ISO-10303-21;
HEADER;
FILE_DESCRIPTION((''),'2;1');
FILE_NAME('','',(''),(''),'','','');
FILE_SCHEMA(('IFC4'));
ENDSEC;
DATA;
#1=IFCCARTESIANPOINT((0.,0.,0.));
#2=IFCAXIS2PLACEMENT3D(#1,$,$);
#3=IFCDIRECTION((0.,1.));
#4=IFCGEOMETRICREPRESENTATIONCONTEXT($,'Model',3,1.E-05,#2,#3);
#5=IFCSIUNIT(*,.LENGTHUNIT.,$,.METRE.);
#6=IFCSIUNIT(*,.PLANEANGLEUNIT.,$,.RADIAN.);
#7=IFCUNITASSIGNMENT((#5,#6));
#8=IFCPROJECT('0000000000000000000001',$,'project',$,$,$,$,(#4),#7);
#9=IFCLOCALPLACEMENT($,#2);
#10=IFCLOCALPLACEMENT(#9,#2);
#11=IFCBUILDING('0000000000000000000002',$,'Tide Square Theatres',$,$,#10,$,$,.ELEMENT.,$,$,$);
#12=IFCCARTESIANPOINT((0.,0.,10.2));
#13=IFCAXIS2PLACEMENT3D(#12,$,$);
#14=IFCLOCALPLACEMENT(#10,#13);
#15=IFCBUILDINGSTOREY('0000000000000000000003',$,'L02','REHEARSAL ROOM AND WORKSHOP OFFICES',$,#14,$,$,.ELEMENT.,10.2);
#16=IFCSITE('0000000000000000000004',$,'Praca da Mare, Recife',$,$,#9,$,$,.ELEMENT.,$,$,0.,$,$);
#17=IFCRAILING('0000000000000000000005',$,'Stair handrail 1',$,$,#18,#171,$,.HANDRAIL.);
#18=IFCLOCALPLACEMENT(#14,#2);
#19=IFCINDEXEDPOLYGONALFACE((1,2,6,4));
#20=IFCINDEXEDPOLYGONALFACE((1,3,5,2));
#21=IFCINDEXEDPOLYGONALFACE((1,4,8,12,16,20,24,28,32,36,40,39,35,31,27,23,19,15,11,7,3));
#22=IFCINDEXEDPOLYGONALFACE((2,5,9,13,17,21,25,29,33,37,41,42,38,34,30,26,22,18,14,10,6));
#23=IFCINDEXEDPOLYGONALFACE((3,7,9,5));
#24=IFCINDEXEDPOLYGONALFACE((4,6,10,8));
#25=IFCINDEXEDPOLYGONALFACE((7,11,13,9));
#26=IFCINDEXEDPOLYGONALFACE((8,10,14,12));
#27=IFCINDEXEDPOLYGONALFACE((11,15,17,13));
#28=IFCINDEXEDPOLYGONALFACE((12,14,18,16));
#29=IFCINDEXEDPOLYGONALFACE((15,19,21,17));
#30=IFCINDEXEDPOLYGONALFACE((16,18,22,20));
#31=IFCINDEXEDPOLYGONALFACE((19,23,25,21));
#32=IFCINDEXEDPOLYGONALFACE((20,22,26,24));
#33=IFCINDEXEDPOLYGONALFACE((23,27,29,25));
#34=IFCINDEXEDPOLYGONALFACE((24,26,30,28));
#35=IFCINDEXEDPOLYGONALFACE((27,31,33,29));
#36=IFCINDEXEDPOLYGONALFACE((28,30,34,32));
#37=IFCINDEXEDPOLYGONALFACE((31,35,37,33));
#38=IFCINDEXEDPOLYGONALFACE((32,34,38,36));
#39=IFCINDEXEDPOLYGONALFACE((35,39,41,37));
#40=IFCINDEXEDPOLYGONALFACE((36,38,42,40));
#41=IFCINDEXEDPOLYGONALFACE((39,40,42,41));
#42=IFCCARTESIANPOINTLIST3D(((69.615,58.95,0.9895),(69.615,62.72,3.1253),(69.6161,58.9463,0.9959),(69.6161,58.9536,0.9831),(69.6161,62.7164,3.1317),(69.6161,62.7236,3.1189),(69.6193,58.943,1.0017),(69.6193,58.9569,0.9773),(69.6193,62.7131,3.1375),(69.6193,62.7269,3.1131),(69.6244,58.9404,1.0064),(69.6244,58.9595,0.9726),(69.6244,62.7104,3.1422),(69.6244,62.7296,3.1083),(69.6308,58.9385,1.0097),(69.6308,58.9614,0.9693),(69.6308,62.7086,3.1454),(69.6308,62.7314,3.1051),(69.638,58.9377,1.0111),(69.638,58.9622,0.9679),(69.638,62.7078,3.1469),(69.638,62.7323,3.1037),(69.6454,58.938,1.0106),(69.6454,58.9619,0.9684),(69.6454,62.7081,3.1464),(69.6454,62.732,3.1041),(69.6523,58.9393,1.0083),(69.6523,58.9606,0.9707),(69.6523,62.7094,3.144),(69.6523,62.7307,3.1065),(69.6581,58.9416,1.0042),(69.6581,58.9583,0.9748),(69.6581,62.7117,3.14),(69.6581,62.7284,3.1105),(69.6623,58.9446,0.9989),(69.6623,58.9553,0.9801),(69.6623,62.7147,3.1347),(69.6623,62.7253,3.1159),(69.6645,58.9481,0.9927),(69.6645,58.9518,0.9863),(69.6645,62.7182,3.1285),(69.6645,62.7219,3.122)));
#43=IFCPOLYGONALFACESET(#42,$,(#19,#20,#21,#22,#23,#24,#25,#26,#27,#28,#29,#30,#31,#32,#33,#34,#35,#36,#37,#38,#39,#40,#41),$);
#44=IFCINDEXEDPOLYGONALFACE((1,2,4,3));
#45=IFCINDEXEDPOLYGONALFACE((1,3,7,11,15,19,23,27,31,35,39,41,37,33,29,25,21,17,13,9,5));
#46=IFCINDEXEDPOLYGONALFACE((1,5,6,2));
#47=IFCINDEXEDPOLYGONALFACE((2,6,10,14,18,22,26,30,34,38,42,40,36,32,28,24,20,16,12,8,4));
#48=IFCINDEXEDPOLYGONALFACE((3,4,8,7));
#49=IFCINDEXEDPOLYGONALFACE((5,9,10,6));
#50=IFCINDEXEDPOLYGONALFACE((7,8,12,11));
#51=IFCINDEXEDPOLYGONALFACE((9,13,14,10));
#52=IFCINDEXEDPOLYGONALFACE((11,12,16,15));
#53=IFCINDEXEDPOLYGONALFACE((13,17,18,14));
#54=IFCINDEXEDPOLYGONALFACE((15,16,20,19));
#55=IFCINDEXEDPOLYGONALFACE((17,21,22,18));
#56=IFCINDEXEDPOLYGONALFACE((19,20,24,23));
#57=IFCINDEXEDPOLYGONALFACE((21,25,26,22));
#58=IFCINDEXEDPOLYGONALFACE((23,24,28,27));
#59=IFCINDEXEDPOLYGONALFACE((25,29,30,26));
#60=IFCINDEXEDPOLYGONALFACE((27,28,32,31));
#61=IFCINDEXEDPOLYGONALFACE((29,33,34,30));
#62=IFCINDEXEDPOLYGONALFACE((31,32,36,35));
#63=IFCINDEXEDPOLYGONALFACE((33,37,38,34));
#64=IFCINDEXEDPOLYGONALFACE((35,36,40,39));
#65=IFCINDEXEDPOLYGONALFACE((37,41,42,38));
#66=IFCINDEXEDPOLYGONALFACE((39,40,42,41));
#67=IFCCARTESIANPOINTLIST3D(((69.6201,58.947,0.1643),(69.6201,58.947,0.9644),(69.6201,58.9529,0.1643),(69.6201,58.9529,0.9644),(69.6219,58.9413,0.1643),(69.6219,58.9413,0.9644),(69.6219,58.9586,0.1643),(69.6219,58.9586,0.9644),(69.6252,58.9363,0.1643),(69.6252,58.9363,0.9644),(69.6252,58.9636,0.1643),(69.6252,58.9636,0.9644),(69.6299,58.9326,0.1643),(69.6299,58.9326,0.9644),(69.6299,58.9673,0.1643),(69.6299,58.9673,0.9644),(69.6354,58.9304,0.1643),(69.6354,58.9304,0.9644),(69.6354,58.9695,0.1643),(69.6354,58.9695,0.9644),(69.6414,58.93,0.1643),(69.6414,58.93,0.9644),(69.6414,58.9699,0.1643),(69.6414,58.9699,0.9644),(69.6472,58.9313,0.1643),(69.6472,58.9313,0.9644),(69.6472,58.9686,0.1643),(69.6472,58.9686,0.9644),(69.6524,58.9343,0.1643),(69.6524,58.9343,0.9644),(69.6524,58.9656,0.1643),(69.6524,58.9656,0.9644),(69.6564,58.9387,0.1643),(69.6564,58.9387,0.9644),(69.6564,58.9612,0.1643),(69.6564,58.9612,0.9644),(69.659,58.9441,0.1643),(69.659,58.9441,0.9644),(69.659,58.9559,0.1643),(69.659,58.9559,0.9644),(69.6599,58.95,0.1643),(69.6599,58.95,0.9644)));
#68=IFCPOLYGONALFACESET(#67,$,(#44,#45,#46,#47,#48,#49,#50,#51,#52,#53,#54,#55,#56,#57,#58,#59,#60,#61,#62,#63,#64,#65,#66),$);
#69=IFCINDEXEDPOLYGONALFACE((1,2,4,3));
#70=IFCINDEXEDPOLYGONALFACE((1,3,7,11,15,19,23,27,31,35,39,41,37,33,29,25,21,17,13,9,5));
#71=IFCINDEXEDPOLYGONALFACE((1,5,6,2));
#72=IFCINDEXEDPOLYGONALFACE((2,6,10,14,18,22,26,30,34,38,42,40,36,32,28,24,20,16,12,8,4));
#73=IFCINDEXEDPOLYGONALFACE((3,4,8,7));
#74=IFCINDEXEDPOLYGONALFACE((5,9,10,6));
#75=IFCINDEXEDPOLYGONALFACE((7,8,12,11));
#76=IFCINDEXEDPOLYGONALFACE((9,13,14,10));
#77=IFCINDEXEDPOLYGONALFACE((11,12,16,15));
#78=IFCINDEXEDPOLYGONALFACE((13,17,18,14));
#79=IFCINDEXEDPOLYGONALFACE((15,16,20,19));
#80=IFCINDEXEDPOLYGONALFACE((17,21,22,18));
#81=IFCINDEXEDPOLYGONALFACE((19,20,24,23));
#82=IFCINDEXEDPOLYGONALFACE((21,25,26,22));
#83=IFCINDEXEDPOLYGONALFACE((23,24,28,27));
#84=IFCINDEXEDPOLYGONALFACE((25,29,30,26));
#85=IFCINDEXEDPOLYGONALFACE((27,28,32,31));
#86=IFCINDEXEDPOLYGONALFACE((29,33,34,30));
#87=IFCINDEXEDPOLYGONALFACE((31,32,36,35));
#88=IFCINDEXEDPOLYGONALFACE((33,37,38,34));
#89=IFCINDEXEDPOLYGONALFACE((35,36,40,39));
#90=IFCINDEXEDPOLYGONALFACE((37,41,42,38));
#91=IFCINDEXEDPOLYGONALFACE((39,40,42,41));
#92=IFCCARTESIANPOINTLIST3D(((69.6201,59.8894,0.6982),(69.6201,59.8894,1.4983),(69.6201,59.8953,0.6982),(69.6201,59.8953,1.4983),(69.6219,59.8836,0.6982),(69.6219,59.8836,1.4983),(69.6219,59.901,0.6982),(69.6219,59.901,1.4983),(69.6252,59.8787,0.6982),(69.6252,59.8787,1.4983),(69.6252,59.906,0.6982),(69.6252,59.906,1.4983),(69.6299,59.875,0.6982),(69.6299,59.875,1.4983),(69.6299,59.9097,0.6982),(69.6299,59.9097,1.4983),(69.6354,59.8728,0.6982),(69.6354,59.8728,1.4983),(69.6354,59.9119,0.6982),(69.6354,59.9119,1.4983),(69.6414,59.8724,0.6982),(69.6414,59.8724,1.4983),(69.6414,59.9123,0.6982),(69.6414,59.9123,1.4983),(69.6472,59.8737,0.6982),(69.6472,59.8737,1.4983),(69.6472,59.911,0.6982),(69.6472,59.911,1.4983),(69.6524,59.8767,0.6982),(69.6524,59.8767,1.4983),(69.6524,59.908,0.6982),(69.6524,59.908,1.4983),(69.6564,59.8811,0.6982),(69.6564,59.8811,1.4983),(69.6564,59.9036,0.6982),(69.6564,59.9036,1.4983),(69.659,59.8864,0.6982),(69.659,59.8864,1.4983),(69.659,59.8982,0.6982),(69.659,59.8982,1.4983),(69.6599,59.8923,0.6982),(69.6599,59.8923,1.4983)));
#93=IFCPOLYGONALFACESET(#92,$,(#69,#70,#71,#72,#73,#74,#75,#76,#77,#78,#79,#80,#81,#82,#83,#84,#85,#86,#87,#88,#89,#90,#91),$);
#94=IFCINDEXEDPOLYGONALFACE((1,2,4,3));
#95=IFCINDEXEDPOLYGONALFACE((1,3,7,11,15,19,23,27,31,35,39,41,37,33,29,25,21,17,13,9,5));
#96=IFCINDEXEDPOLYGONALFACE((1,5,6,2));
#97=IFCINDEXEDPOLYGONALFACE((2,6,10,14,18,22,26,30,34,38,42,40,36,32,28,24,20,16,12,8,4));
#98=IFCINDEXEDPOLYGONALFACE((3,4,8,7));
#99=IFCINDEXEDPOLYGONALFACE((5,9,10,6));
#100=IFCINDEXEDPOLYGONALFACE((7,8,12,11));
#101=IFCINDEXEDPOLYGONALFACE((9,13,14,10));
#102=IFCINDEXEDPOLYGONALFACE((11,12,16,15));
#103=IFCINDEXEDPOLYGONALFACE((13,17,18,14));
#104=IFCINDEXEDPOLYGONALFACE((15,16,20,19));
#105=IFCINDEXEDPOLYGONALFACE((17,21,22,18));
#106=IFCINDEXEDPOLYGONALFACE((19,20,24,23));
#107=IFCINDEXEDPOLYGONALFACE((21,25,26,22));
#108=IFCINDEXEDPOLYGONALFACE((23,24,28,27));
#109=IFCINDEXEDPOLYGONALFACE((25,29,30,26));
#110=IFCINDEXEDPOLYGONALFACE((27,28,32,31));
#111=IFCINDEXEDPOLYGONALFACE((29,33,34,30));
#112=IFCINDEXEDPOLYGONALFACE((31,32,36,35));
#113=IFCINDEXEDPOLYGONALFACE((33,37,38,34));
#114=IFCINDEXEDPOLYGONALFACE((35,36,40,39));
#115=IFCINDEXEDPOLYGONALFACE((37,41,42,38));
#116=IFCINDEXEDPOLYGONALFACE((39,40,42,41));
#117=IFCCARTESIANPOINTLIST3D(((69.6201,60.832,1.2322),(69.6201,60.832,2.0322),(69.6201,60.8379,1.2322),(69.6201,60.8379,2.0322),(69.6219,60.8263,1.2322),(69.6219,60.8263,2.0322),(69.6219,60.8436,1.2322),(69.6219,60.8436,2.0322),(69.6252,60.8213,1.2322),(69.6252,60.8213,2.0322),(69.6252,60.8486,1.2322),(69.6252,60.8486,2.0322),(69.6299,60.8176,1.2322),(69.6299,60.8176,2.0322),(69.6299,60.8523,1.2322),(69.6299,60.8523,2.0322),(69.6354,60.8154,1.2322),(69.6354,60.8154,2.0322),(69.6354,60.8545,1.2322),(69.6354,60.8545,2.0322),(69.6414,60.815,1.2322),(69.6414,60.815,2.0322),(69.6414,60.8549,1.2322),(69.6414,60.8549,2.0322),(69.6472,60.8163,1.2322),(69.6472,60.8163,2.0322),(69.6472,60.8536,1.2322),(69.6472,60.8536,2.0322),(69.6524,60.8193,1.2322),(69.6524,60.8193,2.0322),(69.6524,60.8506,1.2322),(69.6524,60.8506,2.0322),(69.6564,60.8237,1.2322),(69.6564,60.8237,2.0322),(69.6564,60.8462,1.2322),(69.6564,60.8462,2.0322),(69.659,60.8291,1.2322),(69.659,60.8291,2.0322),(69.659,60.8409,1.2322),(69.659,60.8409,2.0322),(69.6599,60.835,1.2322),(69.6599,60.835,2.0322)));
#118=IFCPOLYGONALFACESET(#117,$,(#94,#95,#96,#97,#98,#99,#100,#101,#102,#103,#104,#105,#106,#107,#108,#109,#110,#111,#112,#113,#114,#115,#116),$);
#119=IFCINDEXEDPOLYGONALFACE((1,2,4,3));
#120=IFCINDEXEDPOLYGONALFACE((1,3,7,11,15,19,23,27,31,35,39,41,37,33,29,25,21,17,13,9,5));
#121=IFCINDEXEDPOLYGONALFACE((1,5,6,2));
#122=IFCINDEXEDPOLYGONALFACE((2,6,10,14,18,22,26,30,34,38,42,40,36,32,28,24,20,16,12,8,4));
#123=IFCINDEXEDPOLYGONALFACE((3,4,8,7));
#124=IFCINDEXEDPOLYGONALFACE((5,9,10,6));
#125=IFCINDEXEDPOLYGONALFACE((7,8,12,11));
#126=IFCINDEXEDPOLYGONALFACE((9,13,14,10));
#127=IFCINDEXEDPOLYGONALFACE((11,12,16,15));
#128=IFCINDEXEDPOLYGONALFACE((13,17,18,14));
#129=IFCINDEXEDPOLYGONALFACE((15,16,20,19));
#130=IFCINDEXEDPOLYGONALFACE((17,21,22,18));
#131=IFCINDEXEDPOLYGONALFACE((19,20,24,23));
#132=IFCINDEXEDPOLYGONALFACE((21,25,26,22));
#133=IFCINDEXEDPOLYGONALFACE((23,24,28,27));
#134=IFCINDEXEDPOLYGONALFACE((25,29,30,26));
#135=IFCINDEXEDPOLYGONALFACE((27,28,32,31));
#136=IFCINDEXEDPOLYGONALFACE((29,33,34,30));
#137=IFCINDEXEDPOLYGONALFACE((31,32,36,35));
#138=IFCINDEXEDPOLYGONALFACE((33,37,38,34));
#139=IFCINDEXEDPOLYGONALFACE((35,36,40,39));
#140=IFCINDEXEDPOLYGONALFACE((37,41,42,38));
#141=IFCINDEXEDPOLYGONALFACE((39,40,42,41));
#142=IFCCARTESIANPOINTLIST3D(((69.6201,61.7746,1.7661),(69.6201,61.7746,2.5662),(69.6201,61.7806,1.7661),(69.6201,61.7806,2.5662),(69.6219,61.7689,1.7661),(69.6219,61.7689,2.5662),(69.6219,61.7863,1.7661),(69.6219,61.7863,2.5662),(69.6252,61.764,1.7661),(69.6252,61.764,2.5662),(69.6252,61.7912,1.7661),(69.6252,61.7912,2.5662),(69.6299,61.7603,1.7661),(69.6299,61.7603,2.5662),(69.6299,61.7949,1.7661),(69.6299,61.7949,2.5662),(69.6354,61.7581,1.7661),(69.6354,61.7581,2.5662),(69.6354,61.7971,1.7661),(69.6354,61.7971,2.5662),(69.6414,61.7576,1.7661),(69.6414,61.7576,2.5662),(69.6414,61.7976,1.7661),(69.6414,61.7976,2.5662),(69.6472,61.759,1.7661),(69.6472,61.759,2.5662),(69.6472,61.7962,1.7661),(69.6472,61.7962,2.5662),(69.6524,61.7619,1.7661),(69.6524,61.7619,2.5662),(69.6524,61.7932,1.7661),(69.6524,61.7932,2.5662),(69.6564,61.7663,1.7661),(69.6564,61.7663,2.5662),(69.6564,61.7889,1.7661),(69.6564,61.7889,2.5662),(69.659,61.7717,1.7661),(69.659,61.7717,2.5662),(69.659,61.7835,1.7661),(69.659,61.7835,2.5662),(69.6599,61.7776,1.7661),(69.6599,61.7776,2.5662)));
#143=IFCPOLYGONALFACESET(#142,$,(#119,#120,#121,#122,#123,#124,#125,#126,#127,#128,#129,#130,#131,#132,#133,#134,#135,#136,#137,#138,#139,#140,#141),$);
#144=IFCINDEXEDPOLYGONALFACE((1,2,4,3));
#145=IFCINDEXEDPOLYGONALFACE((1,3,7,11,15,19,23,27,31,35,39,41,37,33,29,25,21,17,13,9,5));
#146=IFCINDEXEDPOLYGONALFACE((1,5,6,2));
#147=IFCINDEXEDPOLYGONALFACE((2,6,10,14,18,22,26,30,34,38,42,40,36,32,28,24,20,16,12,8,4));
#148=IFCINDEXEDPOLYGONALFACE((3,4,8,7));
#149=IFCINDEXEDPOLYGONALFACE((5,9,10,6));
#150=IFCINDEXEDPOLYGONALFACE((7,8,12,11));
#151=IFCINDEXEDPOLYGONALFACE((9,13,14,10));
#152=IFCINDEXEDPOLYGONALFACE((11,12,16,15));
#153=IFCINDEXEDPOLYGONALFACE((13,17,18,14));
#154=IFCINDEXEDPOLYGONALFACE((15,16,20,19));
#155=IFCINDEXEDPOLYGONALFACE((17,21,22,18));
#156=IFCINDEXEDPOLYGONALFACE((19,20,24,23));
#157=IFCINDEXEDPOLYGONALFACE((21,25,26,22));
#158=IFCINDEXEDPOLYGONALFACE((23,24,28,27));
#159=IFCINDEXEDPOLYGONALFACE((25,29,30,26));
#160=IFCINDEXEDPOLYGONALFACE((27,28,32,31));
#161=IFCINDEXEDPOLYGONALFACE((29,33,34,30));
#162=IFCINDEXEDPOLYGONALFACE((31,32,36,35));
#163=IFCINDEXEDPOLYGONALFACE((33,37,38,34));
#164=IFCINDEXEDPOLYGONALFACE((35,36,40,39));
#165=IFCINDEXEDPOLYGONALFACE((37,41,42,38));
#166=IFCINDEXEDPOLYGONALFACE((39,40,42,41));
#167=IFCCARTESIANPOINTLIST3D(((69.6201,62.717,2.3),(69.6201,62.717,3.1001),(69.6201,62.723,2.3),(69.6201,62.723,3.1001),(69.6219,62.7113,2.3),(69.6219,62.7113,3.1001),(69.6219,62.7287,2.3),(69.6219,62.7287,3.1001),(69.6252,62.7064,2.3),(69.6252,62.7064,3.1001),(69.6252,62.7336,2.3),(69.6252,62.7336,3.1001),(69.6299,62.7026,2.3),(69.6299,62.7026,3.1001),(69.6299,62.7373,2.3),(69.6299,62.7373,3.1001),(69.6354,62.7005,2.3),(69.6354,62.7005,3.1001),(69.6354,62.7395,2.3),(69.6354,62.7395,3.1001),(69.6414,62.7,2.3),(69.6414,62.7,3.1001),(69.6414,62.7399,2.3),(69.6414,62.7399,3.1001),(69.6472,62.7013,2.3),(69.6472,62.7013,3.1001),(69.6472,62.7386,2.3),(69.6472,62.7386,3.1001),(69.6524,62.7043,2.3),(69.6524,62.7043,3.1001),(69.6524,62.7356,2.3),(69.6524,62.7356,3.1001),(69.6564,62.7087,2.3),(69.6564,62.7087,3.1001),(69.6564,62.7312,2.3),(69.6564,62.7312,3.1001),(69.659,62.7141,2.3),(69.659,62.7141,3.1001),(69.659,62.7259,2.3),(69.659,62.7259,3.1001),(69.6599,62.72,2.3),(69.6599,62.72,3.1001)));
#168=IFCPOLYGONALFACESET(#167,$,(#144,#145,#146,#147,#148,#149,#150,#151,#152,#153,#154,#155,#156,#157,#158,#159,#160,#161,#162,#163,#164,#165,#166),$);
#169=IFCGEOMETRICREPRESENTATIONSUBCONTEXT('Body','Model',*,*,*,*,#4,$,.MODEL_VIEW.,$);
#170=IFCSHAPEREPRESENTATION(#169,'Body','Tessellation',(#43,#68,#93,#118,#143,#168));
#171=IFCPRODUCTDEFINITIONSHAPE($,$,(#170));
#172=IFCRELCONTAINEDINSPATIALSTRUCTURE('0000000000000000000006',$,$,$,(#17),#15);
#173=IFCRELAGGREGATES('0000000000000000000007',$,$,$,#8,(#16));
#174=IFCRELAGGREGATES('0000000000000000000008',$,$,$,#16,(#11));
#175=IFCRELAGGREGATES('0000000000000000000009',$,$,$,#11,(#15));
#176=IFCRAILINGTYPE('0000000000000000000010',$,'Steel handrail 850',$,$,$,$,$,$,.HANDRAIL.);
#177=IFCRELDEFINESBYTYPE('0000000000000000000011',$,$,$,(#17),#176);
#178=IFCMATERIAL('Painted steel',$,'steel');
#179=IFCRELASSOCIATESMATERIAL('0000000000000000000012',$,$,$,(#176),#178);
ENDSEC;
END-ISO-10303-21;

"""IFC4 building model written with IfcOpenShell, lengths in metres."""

from ifc_helpers import new_model, si_unit, direction, frame, origin, origin_2d, place, context, subcontext, project, spatial, circle, extrude, material, type_object, element, save


model = new_model("IFC4")

# Units and contexts
model_context = context("Model", 3, precision=1e-05, world=origin(), true_north=direction((0.0, 1.0)))
body_context = subcontext(model_context, "Body", "Model", "MODEL_VIEW")
ifc_project = project(units=[si_unit("LENGTHUNIT", "METRE"), si_unit("PLANEANGLEUNIT", "RADIAN")], contexts=[model_context])

# Site, building, storey
site_placement = place(None, origin())
site = spatial("IfcSite", under=ifc_project, at=site_placement, Name="Praca da Mare, Recife", CompositionType="ELEMENT", RefElevation=0.0)
building_placement = place(site_placement, origin())
building = spatial("IfcBuilding", under=site, at=building_placement, Name="Tide Square Theatres", CompositionType="ELEMENT")
storey_placement = place(building_placement, frame((0.0, 0.0, 10.2)))
storey = spatial("IfcBuildingStorey", under=building, at=storey_placement, Name="L02", Description="REHEARSAL ROOM AND WORKSHOP OFFICES", CompositionType="ELEMENT", Elevation=10.2)

# Railing
ifc_material_1 = material(Name="Painted steel", Category="steel")
railing_type = type_object("IfcRailingType", Name="Steel handrail 850", PredefinedType="HANDRAIL", material=ifc_material_1)
for number, where, name in (
    (1, (69.6399, 58.95, 0.1643), "Stair handrail 1"),
):
    element("IfcRailing", number, at=place(storey_placement, frame(where)), inside=storey, type_object=railing_type, Name=name, PredefinedType="HANDRAIL", context=body_context, shape_type="SweptSolid", body=[
        extrude(circle(Radius=0.0249, at=origin_2d()), frame((0.0, 0.0, 0.8252), z_axis=(0.0, 0.870082, 0.492907), x_axis=(-1.0, 0.0, 0.0)), (0.0, 0.0, 1.0), 4.333),
        extrude(circle(Radius=0.02, at=origin_2d()), origin(), (0.0, 0.0, 1.0), 0.8),
        extrude(circle(Radius=0.02, at=origin_2d()), frame((0.0, 0.9424, 0.5339)), (0.0, 0.0, 1.0), 0.8),
        extrude(circle(Radius=0.02, at=origin_2d()), frame((0.0, 1.885, 1.0679)), (0.0, 0.0, 1.0), 0.8),
        extrude(circle(Radius=0.02, at=origin_2d()), frame((0.0, 2.8276, 1.6018)), (0.0, 0.0, 1.0), 0.8),
        extrude(circle(Radius=0.02, at=origin_2d()), frame((0.0, 3.77, 2.1357)), (0.0, 0.0, 1.0), 0.8),
    ])

save(model, "model.ifc")
